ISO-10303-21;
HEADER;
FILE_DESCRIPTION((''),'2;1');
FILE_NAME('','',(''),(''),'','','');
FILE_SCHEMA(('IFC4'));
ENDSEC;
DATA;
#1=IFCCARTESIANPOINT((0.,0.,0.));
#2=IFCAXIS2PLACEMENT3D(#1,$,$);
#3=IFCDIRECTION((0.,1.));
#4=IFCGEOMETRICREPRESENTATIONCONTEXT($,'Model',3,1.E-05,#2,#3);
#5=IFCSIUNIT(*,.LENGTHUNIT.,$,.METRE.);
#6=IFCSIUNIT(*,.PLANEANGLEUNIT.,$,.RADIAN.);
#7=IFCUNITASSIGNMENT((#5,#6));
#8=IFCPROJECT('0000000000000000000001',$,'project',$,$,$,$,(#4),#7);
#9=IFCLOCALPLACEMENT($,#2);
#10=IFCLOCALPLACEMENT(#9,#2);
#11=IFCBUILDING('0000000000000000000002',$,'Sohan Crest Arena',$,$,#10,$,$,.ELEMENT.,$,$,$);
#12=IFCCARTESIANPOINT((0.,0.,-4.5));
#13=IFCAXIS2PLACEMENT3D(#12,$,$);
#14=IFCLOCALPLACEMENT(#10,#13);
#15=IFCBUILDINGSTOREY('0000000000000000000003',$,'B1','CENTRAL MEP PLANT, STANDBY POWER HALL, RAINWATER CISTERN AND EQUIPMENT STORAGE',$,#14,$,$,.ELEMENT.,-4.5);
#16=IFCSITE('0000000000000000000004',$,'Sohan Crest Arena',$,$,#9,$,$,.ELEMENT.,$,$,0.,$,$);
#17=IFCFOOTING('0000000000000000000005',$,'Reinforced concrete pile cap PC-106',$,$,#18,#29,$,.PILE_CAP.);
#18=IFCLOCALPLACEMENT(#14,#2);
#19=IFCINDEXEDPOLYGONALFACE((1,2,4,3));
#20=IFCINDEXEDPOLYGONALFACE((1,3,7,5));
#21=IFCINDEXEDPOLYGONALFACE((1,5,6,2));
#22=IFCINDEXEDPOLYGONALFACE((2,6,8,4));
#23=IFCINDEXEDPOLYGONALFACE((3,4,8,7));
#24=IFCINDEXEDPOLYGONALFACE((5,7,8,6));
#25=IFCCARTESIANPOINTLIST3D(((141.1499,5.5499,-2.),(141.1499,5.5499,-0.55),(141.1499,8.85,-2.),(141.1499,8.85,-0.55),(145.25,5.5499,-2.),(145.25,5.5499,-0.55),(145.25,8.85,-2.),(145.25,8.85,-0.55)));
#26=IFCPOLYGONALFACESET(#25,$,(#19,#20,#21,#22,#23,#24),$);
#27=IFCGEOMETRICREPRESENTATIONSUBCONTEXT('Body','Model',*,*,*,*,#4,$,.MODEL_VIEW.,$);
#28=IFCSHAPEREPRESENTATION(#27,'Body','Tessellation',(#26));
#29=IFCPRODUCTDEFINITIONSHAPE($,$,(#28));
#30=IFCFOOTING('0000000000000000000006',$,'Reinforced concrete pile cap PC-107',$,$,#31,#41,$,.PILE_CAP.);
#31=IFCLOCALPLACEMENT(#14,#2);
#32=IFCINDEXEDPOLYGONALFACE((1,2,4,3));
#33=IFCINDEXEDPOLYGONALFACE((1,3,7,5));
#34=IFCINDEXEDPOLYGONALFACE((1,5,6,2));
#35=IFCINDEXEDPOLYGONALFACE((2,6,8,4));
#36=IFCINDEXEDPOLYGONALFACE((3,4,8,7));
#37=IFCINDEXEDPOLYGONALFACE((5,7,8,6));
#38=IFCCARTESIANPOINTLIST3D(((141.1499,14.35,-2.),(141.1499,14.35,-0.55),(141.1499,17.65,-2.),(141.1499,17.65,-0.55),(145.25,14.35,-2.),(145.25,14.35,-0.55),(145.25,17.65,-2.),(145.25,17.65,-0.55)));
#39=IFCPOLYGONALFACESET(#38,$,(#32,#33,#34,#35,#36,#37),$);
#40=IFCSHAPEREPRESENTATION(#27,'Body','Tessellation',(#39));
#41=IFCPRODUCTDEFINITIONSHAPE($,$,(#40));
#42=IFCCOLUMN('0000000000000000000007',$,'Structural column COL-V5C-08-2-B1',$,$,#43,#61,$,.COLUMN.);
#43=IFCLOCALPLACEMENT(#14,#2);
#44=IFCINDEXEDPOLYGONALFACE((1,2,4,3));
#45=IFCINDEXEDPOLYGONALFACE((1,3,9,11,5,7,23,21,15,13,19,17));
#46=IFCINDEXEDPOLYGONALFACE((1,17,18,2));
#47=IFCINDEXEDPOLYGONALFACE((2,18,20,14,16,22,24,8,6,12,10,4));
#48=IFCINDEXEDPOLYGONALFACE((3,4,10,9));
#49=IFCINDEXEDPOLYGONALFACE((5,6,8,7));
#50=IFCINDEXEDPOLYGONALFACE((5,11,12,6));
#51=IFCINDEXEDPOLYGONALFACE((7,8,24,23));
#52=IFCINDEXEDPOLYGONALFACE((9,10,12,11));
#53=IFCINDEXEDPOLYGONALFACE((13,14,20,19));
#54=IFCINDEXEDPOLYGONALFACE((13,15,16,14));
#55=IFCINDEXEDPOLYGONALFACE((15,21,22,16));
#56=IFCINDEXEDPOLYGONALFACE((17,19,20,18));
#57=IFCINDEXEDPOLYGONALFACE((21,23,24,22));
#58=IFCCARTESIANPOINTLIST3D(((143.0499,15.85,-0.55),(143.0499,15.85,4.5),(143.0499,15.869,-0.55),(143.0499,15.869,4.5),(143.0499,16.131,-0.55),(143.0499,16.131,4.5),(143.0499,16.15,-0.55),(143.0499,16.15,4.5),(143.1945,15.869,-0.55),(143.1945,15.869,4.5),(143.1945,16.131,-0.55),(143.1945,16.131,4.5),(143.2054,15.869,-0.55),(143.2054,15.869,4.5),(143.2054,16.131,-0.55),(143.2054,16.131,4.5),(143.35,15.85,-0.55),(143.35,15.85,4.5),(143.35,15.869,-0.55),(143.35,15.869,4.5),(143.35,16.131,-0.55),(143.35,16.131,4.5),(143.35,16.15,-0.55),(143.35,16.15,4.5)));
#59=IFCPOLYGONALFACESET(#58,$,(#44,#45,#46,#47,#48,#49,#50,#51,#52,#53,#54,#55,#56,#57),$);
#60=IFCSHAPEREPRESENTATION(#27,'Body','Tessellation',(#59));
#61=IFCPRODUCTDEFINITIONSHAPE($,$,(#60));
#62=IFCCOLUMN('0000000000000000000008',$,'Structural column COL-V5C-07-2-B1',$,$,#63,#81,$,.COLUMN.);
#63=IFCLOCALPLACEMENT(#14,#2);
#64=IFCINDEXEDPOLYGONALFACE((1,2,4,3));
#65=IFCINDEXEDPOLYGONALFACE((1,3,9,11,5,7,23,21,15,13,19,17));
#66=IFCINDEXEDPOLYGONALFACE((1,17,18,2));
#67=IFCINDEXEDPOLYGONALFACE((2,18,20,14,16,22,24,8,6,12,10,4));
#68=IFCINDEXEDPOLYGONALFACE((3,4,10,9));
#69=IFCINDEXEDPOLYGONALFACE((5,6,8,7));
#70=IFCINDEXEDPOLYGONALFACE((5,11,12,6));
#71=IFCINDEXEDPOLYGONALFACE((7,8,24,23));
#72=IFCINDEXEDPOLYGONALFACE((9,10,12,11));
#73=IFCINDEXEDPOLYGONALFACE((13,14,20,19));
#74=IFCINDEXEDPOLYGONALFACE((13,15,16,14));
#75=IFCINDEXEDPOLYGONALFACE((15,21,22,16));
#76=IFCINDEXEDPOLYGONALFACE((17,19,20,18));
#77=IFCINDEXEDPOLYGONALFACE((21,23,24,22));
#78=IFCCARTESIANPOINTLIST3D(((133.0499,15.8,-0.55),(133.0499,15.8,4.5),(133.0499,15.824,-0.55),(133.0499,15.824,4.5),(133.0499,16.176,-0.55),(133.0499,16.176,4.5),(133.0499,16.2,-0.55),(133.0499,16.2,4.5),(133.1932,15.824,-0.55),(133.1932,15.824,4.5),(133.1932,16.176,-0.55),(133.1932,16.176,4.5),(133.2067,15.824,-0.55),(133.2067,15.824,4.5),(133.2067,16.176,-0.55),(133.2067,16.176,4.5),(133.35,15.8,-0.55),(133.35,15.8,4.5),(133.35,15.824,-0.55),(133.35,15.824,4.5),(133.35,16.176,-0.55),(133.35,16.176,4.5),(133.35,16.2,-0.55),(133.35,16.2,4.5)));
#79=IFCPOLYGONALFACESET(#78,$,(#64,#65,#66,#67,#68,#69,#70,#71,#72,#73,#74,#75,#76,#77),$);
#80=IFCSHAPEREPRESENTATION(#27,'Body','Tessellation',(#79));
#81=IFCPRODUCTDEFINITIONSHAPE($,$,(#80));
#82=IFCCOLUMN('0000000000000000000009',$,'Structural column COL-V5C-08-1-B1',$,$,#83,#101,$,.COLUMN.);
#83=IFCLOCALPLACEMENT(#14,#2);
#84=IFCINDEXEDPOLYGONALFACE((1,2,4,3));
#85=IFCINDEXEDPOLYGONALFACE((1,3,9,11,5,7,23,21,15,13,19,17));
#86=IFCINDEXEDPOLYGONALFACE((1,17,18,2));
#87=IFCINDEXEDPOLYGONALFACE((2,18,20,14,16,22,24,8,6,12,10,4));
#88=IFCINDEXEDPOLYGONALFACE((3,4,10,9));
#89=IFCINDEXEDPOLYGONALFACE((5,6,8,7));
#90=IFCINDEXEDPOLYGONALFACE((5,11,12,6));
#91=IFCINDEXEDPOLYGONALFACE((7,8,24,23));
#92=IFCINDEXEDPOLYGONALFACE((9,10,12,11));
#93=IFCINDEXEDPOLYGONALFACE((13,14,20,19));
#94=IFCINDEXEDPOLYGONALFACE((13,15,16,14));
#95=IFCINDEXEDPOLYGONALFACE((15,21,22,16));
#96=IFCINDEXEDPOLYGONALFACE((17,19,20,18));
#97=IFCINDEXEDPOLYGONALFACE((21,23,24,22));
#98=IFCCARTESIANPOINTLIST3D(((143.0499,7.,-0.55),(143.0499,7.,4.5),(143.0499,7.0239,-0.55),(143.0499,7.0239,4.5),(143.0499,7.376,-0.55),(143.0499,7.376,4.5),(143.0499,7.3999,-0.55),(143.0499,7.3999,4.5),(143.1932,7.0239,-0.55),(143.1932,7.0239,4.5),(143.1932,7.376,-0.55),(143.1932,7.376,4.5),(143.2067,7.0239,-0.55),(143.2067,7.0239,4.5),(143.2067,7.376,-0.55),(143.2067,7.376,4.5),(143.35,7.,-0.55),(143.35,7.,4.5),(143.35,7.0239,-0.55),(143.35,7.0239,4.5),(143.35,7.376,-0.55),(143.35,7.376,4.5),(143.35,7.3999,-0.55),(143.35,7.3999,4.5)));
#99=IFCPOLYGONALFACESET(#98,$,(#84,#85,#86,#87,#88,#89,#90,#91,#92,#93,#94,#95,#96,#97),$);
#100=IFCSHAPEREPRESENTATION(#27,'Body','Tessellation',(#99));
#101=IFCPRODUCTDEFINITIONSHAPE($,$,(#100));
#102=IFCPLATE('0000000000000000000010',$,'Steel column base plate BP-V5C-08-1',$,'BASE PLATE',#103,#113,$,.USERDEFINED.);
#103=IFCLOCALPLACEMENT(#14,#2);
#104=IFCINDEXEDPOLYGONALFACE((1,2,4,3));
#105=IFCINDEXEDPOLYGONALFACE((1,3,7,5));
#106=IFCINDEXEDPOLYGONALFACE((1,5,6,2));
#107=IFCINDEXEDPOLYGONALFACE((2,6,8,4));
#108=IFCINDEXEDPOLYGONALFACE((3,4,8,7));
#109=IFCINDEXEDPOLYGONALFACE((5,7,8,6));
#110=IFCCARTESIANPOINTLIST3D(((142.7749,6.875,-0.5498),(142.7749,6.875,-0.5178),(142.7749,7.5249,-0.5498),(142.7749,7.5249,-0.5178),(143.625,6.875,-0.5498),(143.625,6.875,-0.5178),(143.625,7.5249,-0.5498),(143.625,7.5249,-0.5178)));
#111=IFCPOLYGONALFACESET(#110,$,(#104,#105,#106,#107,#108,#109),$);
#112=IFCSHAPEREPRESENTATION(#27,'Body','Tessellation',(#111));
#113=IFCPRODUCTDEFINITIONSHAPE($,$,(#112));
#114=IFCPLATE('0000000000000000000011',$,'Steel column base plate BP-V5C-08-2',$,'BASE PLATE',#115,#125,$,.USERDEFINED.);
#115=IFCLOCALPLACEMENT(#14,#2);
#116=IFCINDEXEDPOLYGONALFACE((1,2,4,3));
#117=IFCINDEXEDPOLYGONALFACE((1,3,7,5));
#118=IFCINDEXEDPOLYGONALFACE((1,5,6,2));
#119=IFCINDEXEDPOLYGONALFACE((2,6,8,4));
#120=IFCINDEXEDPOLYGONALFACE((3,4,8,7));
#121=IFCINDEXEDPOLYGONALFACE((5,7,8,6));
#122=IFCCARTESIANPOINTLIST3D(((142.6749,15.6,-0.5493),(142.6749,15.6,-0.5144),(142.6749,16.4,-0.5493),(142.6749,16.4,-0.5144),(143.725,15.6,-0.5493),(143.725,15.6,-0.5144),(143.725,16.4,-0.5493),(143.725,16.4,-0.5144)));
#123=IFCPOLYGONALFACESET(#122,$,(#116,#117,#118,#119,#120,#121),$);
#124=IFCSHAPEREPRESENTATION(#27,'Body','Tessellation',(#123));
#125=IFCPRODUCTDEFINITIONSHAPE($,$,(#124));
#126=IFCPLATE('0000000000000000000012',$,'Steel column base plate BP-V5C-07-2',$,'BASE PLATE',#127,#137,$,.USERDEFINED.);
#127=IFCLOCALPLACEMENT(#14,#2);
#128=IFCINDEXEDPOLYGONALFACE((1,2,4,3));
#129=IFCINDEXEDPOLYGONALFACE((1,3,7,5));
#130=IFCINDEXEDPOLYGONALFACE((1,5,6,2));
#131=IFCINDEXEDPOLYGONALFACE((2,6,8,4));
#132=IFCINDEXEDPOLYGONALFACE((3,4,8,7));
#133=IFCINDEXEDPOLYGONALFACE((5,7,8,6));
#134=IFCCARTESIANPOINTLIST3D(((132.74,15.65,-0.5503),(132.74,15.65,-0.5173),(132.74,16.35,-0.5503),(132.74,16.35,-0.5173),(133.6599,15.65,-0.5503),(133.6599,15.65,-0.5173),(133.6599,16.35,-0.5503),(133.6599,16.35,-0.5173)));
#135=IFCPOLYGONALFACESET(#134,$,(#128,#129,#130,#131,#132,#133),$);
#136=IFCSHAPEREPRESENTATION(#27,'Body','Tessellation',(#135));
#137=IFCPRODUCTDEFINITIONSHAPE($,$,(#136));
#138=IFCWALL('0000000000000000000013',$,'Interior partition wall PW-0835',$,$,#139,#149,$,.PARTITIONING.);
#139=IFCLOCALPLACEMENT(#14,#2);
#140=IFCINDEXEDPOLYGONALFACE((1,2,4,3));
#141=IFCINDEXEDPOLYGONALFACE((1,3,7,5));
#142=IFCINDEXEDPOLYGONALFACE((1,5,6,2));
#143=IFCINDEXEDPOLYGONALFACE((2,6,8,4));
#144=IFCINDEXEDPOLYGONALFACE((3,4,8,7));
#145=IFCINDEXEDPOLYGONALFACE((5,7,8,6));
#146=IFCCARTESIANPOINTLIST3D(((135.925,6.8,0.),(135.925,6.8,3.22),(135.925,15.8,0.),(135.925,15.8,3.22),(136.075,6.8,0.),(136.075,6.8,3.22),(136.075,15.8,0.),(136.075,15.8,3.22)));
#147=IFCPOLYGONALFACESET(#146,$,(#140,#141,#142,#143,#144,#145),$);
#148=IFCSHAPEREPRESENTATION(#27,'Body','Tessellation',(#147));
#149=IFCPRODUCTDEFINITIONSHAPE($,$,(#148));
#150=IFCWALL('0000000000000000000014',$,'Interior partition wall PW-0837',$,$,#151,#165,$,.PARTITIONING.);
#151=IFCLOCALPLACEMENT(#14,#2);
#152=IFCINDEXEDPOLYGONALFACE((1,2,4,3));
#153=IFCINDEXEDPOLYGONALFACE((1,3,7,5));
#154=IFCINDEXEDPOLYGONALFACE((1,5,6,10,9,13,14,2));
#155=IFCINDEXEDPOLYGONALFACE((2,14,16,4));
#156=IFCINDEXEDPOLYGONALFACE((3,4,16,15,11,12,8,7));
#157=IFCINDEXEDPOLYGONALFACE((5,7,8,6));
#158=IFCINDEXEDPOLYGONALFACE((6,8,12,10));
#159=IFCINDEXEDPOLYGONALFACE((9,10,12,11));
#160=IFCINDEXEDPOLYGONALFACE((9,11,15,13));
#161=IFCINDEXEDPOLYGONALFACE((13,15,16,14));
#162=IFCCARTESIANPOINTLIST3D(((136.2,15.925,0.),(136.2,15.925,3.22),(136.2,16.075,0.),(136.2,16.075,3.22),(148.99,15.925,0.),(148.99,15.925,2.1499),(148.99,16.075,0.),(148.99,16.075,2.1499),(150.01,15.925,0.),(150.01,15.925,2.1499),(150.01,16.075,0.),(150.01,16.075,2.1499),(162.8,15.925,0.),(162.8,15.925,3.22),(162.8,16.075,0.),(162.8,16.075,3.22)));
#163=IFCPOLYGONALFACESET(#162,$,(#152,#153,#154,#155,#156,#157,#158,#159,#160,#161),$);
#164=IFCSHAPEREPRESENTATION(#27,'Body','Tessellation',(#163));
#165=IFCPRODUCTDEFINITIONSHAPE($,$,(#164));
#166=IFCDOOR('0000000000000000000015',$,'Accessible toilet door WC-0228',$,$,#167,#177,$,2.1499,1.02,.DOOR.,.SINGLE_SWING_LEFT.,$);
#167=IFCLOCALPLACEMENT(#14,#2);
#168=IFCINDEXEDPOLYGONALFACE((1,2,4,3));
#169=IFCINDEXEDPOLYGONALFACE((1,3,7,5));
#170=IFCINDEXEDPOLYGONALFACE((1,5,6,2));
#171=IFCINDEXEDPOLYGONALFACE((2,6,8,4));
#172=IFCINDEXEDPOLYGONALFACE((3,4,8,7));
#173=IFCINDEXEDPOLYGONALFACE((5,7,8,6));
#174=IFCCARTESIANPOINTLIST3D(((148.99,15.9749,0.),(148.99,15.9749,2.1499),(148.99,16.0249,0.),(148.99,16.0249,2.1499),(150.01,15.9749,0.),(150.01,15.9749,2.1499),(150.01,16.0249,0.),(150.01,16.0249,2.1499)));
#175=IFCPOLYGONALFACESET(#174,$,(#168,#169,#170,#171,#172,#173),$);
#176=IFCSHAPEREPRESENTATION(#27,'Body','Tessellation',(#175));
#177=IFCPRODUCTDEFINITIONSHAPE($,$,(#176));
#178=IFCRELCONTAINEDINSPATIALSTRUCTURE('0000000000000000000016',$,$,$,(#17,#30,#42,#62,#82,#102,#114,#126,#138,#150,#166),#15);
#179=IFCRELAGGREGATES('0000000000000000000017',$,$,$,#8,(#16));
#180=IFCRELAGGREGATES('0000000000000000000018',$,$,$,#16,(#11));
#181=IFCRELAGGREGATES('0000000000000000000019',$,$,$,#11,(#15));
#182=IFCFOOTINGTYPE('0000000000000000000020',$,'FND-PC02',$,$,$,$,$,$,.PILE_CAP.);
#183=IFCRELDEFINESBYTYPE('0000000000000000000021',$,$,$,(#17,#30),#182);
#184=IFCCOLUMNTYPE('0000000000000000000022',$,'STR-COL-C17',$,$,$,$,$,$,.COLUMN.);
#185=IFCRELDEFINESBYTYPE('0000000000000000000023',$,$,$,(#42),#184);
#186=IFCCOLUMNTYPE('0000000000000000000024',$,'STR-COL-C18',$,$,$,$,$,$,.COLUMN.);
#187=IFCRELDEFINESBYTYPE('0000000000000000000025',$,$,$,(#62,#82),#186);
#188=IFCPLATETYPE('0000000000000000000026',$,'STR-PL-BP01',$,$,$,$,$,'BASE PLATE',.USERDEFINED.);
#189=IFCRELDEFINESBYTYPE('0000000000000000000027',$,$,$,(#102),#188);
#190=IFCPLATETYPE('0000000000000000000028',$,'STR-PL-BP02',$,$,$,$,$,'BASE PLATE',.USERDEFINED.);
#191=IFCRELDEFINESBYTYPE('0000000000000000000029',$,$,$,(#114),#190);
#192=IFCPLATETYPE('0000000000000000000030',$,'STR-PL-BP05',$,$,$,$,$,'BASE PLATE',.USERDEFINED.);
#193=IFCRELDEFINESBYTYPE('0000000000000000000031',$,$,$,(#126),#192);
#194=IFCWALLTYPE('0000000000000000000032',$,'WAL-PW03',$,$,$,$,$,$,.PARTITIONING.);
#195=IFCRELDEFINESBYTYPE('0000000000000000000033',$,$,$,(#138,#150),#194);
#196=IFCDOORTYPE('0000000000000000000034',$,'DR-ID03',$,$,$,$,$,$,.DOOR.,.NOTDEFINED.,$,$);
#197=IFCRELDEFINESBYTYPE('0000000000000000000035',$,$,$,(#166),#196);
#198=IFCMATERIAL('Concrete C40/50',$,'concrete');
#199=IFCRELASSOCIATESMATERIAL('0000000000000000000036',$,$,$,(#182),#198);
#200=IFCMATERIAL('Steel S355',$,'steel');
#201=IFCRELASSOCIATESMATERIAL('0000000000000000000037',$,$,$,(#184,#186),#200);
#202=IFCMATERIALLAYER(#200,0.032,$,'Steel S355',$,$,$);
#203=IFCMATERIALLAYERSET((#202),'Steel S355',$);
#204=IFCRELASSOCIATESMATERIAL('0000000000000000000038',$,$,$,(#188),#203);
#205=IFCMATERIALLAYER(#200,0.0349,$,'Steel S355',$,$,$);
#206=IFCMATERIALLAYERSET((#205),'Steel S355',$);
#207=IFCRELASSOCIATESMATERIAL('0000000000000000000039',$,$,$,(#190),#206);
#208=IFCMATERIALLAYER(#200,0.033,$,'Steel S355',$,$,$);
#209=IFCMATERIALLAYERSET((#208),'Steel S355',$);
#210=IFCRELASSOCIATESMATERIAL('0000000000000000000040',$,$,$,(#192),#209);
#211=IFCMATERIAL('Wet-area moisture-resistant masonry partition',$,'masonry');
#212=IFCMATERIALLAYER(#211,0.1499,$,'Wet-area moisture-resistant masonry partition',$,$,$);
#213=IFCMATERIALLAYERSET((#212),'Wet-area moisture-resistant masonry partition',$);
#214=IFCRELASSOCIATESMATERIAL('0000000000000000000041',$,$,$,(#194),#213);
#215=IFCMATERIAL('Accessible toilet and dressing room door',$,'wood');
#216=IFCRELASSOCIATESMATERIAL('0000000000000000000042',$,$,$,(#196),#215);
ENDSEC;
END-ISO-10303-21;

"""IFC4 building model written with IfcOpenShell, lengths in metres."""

from ifc_helpers import new_model, si_unit, direction, frame, frame_2d, origin, origin_2d, place, context, subcontext, project, spatial, rectangle, i_section, extrude, material, layer, layer_set, material_profile, profile_set, type_object, element, fill, save


model = new_model("IFC4")

# Units and contexts
model_context = context("Model", 3, precision=1e-05, world=origin(), true_north=direction((0.0, 1.0)))
body_context = subcontext(model_context, "Body", "Model", "MODEL_VIEW")
ifc_project = project(units=[si_unit("LENGTHUNIT", "METRE"), si_unit("PLANEANGLEUNIT", "RADIAN")], contexts=[model_context])

# Site, building, storey
site_placement = place(None, origin())
site = spatial("IfcSite", under=ifc_project, at=site_placement, Name="Sohan Crest Arena", CompositionType="ELEMENT", RefElevation=0.0)
building_placement = place(site_placement, origin())
building = spatial("IfcBuilding", under=site, at=building_placement, Name="Sohan Crest Arena", CompositionType="ELEMENT")
storey_placement = place(building_placement, frame((0.0, 0.0, -4.5)))
storey = spatial("IfcBuildingStorey", under=building, at=storey_placement, Name="B1", Description="CENTRAL MEP PLANT, STANDBY POWER HALL, RAINWATER CISTERN AND EQUIPMENT STORAGE", CompositionType="ELEMENT", Elevation=-4.5)

# Shared definitions
ifc_material_1 = material(Name="Concrete C40/50", Category="concrete")

# Footings
footing_type_1 = type_object("IfcFootingType", Name="FND-PC02", PredefinedType="PILE_CAP", material=ifc_material_1)
for number, where, z_axis, x_axis, name in (
    (1, (143.2, 7.2, -2.0), (0.0, 0.0, 1.0), (1.0, 0.0, 0.0), "Reinforced concrete pile cap PC-106"),
    (2, (143.2, 16.0, -2.0), (0.0, 0.0, 1.0), (1.0, 0.0, 0.0), "Reinforced concrete pile cap PC-107"),
):
    element("IfcFooting", number, at=place(storey_placement, frame(where, z_axis=z_axis, x_axis=x_axis)), inside=storey, type_object=footing_type_1, Name=name, PredefinedType="PILE_CAP", context=body_context, shape_type="SweptSolid", body=[
        extrude(rectangle(XDim=4.1001, YDim=3.3, at=origin_2d()), origin(), (0.0, 0.0, 1.0), 1.45),
    ])

# Columns
ifc_material_2 = material(Name="Steel S355", Category="steel")
ifc_material_profile_1 = material_profile(ifc_material_2, i_section(OverallWidth=0.3, OverallDepth=0.3, WebThickness=0.011, FlangeThickness=0.019, at=origin_2d()), Name="HEB 300")
ifc_profile_set_1 = profile_set([ifc_material_profile_1], Name="Steel S355")
column_type_1 = type_object("IfcColumnType", Name="STR-COL-C17", PredefinedType="COLUMN", material=ifc_profile_set_1)
column_placement = place(storey_placement, frame((143.2, 16.0, -0.55), z_axis=(0.0, 0.0, 1.0), x_axis=(1.0, 0.0, 0.0)))
element("IfcColumn", 3, at=column_placement, inside=storey, type_object=column_type_1, Name="Structural column COL-V5C-08-2-B1", PredefinedType="COLUMN", context=body_context, shape_type="SweptSolid", body=[
    extrude(i_section(OverallWidth=0.3, OverallDepth=0.3, WebThickness=0.011, FlangeThickness=0.019, at=origin_2d()), origin(), (0.0, 0.0, 1.0), 5.05),
])
ifc_material_profile_2 = material_profile(ifc_material_2, i_section(OverallWidth=0.3, OverallDepth=0.3999, WebThickness=0.0134, FlangeThickness=0.0239, at=origin_2d()), Name="HEB 400")
ifc_profile_set_2 = profile_set([ifc_material_profile_2], Name="Steel S355")
column_type_2 = type_object("IfcColumnType", Name="STR-COL-C18", PredefinedType="COLUMN", material=ifc_profile_set_2)
for number, where, z_axis, x_axis, name in (
    (4, (133.2, 16.0, -0.55), (0.0, 0.0, 1.0), (1.0, 0.0, 0.0), "Structural column COL-V5C-07-2-B1"),
    (5, (143.2, 7.2, -0.55), (0.0, 0.0, 1.0), (1.0, 0.0, 0.0), "Structural column COL-V5C-08-1-B1"),
):
    element("IfcColumn", number, at=place(storey_placement, frame(where, z_axis=z_axis, x_axis=x_axis)), inside=storey, type_object=column_type_2, Name=name, PredefinedType="COLUMN", context=body_context, shape_type="SweptSolid", body=[
        extrude(i_section(OverallWidth=0.3, OverallDepth=0.3999, WebThickness=0.0134, FlangeThickness=0.0239, at=origin_2d()), origin(), (0.0, 0.0, 1.0), 5.05),
    ])

# Plates
ifc_layer_1 = layer(ifc_material_2, 0.032, Name="Steel S355")
ifc_layer_set_1 = layer_set([ifc_layer_1], Name="Steel S355")
plate_type_1 = type_object("IfcPlateType", Name="STR-PL-BP01", ElementType="BASE PLATE", PredefinedType="USERDEFINED", material=ifc_layer_set_1)
plate_1_placement = place(storey_placement, frame((143.2, 7.2, -0.5498), z_axis=(0.0, 0.0, 1.0), x_axis=(1.0, 0.0, 0.0)))
element("IfcPlate", 6, at=plate_1_placement, inside=storey, type_object=plate_type_1, Name="Steel column base plate BP-V5C-08-1", ObjectType="BASE PLATE", PredefinedType="USERDEFINED", context=body_context, shape_type="SweptSolid", body=[
    extrude(rectangle(XDim=0.8501, YDim=0.6499, at=origin_2d()), origin(), (0.0, 0.0, 1.0), 0.032),
])
ifc_layer_2 = layer(ifc_material_2, 0.0349, Name="Steel S355")
ifc_layer_set_2 = layer_set([ifc_layer_2], Name="Steel S355")
plate_type_2 = type_object("IfcPlateType", Name="STR-PL-BP02", ElementType="BASE PLATE", PredefinedType="USERDEFINED", material=ifc_layer_set_2)
plate_2_placement = place(storey_placement, frame((143.2, 16.0, -0.5493), z_axis=(0.0, 0.0, 1.0), x_axis=(1.0, 0.0, 0.0)))
element("IfcPlate", 7, at=plate_2_placement, inside=storey, type_object=plate_type_2, Name="Steel column base plate BP-V5C-08-2", ObjectType="BASE PLATE", PredefinedType="USERDEFINED", context=body_context, shape_type="SweptSolid", body=[
    extrude(rectangle(XDim=1.05, YDim=0.8, at=origin_2d()), origin(), (0.0, 0.0, 1.0), 0.0349),
])
ifc_layer_3 = layer(ifc_material_2, 0.033, Name="Steel S355")
ifc_layer_set_3 = layer_set([ifc_layer_3], Name="Steel S355")
plate_type_3 = type_object("IfcPlateType", Name="STR-PL-BP05", ElementType="BASE PLATE", PredefinedType="USERDEFINED", material=ifc_layer_set_3)
plate_3_placement = place(storey_placement, frame((133.2, 16.0, -0.5503), z_axis=(0.0, 0.0, 1.0), x_axis=(1.0, 0.0, 0.0)))
element("IfcPlate", 8, at=plate_3_placement, inside=storey, type_object=plate_type_3, Name="Steel column base plate BP-V5C-07-2", ObjectType="BASE PLATE", PredefinedType="USERDEFINED", context=body_context, shape_type="SweptSolid", body=[
    extrude(rectangle(XDim=0.9199, YDim=0.7, at=origin_2d()), origin(), (0.0, 0.0, 1.0), 0.033),
])

# Wall
ifc_material_3 = material(Name="Wet-area moisture-resistant masonry partition", Category="masonry")
ifc_layer_4 = layer(ifc_material_3, 0.1499, Name="Wet-area moisture-resistant masonry partition")
ifc_layer_set_4 = layer_set([ifc_layer_4], Name="Wet-area moisture-resistant masonry partition")
wall_type = type_object("IfcWallType", Name="WAL-PW03", PredefinedType="PARTITIONING", material=ifc_layer_set_4)
wall_1_placement = place(storey_placement, frame((136.0, 6.8, 0.0), z_axis=(0.0, 0.0, 1.0), x_axis=(0.0, 1.0, 0.0)))
element("IfcWall", 9, at=wall_1_placement, inside=storey, type_object=wall_type, Name="Interior partition wall PW-0835", PredefinedType="PARTITIONING", context=body_context, shape_type="SweptSolid", body=[
    extrude(rectangle(XDim=9.0, YDim=0.1499, at=frame_2d((4.5, 0.0))), origin(), (0.0, 0.0, 1.0), 3.22),
])

# Wall, opening, door
wall_2_placement = place(storey_placement, frame((136.2, 16.0, 0.0), z_axis=(0.0, 0.0, 1.0), x_axis=(1.0, 0.0, 0.0)))
wall_2 = element("IfcWall", 10, at=wall_2_placement, inside=storey, type_object=wall_type, Name="Interior partition wall PW-0837", PredefinedType="PARTITIONING", context=body_context, shape_type="SweptSolid", body=[
    extrude(rectangle(XDim=26.6001, YDim=0.1499, at=frame_2d((13.3, 0.0))), origin(), (0.0, 0.0, 1.0), 3.22),
])
opening_placement = place(wall_2_placement, frame((12.79, 0.0, 0.0)))
opening = element("IfcOpeningElement", 11, at=opening_placement, cuts=wall_2, PredefinedType="OPENING", context=body_context, shape_type="SweptSolid", body=[
    extrude(rectangle(XDim=1.02, YDim=2.1499, at=frame_2d((0.51, 1.075))), frame((0.0, 0.085, 0.0), z_axis=(0.0, -1.0, 0.0), x_axis=(1.0, 0.0, 0.0)), (0.0, 0.0, 1.0), 0.1699),
])
ifc_material_4 = material(Name="Accessible toilet and dressing room door", Category="wood")
door_type = type_object("IfcDoorType", Name="DR-ID03", OperationType="NOTDEFINED", PredefinedType="DOOR", material=ifc_material_4)
door_placement = place(opening_placement, origin())
door = element("IfcDoor", 12, at=door_placement, inside=storey, type_object=door_type, Name="Accessible toilet door WC-0228", OperationType="SINGLE_SWING_LEFT", OverallHeight=2.1499, OverallWidth=1.02, PredefinedType="DOOR", context=body_context, shape_type="SweptSolid", body=[
    extrude(rectangle(XDim=1.02, YDim=2.1499, at=frame_2d((0.51, 1.075))), frame((0.0, 0.0249, 0.0), z_axis=(0.0, -1.0, 0.0), x_axis=(1.0, 0.0, 0.0)), (0.0, 0.0, 1.0), 0.05),
])
fill(opening, door)

save(model, "model.ifc")
